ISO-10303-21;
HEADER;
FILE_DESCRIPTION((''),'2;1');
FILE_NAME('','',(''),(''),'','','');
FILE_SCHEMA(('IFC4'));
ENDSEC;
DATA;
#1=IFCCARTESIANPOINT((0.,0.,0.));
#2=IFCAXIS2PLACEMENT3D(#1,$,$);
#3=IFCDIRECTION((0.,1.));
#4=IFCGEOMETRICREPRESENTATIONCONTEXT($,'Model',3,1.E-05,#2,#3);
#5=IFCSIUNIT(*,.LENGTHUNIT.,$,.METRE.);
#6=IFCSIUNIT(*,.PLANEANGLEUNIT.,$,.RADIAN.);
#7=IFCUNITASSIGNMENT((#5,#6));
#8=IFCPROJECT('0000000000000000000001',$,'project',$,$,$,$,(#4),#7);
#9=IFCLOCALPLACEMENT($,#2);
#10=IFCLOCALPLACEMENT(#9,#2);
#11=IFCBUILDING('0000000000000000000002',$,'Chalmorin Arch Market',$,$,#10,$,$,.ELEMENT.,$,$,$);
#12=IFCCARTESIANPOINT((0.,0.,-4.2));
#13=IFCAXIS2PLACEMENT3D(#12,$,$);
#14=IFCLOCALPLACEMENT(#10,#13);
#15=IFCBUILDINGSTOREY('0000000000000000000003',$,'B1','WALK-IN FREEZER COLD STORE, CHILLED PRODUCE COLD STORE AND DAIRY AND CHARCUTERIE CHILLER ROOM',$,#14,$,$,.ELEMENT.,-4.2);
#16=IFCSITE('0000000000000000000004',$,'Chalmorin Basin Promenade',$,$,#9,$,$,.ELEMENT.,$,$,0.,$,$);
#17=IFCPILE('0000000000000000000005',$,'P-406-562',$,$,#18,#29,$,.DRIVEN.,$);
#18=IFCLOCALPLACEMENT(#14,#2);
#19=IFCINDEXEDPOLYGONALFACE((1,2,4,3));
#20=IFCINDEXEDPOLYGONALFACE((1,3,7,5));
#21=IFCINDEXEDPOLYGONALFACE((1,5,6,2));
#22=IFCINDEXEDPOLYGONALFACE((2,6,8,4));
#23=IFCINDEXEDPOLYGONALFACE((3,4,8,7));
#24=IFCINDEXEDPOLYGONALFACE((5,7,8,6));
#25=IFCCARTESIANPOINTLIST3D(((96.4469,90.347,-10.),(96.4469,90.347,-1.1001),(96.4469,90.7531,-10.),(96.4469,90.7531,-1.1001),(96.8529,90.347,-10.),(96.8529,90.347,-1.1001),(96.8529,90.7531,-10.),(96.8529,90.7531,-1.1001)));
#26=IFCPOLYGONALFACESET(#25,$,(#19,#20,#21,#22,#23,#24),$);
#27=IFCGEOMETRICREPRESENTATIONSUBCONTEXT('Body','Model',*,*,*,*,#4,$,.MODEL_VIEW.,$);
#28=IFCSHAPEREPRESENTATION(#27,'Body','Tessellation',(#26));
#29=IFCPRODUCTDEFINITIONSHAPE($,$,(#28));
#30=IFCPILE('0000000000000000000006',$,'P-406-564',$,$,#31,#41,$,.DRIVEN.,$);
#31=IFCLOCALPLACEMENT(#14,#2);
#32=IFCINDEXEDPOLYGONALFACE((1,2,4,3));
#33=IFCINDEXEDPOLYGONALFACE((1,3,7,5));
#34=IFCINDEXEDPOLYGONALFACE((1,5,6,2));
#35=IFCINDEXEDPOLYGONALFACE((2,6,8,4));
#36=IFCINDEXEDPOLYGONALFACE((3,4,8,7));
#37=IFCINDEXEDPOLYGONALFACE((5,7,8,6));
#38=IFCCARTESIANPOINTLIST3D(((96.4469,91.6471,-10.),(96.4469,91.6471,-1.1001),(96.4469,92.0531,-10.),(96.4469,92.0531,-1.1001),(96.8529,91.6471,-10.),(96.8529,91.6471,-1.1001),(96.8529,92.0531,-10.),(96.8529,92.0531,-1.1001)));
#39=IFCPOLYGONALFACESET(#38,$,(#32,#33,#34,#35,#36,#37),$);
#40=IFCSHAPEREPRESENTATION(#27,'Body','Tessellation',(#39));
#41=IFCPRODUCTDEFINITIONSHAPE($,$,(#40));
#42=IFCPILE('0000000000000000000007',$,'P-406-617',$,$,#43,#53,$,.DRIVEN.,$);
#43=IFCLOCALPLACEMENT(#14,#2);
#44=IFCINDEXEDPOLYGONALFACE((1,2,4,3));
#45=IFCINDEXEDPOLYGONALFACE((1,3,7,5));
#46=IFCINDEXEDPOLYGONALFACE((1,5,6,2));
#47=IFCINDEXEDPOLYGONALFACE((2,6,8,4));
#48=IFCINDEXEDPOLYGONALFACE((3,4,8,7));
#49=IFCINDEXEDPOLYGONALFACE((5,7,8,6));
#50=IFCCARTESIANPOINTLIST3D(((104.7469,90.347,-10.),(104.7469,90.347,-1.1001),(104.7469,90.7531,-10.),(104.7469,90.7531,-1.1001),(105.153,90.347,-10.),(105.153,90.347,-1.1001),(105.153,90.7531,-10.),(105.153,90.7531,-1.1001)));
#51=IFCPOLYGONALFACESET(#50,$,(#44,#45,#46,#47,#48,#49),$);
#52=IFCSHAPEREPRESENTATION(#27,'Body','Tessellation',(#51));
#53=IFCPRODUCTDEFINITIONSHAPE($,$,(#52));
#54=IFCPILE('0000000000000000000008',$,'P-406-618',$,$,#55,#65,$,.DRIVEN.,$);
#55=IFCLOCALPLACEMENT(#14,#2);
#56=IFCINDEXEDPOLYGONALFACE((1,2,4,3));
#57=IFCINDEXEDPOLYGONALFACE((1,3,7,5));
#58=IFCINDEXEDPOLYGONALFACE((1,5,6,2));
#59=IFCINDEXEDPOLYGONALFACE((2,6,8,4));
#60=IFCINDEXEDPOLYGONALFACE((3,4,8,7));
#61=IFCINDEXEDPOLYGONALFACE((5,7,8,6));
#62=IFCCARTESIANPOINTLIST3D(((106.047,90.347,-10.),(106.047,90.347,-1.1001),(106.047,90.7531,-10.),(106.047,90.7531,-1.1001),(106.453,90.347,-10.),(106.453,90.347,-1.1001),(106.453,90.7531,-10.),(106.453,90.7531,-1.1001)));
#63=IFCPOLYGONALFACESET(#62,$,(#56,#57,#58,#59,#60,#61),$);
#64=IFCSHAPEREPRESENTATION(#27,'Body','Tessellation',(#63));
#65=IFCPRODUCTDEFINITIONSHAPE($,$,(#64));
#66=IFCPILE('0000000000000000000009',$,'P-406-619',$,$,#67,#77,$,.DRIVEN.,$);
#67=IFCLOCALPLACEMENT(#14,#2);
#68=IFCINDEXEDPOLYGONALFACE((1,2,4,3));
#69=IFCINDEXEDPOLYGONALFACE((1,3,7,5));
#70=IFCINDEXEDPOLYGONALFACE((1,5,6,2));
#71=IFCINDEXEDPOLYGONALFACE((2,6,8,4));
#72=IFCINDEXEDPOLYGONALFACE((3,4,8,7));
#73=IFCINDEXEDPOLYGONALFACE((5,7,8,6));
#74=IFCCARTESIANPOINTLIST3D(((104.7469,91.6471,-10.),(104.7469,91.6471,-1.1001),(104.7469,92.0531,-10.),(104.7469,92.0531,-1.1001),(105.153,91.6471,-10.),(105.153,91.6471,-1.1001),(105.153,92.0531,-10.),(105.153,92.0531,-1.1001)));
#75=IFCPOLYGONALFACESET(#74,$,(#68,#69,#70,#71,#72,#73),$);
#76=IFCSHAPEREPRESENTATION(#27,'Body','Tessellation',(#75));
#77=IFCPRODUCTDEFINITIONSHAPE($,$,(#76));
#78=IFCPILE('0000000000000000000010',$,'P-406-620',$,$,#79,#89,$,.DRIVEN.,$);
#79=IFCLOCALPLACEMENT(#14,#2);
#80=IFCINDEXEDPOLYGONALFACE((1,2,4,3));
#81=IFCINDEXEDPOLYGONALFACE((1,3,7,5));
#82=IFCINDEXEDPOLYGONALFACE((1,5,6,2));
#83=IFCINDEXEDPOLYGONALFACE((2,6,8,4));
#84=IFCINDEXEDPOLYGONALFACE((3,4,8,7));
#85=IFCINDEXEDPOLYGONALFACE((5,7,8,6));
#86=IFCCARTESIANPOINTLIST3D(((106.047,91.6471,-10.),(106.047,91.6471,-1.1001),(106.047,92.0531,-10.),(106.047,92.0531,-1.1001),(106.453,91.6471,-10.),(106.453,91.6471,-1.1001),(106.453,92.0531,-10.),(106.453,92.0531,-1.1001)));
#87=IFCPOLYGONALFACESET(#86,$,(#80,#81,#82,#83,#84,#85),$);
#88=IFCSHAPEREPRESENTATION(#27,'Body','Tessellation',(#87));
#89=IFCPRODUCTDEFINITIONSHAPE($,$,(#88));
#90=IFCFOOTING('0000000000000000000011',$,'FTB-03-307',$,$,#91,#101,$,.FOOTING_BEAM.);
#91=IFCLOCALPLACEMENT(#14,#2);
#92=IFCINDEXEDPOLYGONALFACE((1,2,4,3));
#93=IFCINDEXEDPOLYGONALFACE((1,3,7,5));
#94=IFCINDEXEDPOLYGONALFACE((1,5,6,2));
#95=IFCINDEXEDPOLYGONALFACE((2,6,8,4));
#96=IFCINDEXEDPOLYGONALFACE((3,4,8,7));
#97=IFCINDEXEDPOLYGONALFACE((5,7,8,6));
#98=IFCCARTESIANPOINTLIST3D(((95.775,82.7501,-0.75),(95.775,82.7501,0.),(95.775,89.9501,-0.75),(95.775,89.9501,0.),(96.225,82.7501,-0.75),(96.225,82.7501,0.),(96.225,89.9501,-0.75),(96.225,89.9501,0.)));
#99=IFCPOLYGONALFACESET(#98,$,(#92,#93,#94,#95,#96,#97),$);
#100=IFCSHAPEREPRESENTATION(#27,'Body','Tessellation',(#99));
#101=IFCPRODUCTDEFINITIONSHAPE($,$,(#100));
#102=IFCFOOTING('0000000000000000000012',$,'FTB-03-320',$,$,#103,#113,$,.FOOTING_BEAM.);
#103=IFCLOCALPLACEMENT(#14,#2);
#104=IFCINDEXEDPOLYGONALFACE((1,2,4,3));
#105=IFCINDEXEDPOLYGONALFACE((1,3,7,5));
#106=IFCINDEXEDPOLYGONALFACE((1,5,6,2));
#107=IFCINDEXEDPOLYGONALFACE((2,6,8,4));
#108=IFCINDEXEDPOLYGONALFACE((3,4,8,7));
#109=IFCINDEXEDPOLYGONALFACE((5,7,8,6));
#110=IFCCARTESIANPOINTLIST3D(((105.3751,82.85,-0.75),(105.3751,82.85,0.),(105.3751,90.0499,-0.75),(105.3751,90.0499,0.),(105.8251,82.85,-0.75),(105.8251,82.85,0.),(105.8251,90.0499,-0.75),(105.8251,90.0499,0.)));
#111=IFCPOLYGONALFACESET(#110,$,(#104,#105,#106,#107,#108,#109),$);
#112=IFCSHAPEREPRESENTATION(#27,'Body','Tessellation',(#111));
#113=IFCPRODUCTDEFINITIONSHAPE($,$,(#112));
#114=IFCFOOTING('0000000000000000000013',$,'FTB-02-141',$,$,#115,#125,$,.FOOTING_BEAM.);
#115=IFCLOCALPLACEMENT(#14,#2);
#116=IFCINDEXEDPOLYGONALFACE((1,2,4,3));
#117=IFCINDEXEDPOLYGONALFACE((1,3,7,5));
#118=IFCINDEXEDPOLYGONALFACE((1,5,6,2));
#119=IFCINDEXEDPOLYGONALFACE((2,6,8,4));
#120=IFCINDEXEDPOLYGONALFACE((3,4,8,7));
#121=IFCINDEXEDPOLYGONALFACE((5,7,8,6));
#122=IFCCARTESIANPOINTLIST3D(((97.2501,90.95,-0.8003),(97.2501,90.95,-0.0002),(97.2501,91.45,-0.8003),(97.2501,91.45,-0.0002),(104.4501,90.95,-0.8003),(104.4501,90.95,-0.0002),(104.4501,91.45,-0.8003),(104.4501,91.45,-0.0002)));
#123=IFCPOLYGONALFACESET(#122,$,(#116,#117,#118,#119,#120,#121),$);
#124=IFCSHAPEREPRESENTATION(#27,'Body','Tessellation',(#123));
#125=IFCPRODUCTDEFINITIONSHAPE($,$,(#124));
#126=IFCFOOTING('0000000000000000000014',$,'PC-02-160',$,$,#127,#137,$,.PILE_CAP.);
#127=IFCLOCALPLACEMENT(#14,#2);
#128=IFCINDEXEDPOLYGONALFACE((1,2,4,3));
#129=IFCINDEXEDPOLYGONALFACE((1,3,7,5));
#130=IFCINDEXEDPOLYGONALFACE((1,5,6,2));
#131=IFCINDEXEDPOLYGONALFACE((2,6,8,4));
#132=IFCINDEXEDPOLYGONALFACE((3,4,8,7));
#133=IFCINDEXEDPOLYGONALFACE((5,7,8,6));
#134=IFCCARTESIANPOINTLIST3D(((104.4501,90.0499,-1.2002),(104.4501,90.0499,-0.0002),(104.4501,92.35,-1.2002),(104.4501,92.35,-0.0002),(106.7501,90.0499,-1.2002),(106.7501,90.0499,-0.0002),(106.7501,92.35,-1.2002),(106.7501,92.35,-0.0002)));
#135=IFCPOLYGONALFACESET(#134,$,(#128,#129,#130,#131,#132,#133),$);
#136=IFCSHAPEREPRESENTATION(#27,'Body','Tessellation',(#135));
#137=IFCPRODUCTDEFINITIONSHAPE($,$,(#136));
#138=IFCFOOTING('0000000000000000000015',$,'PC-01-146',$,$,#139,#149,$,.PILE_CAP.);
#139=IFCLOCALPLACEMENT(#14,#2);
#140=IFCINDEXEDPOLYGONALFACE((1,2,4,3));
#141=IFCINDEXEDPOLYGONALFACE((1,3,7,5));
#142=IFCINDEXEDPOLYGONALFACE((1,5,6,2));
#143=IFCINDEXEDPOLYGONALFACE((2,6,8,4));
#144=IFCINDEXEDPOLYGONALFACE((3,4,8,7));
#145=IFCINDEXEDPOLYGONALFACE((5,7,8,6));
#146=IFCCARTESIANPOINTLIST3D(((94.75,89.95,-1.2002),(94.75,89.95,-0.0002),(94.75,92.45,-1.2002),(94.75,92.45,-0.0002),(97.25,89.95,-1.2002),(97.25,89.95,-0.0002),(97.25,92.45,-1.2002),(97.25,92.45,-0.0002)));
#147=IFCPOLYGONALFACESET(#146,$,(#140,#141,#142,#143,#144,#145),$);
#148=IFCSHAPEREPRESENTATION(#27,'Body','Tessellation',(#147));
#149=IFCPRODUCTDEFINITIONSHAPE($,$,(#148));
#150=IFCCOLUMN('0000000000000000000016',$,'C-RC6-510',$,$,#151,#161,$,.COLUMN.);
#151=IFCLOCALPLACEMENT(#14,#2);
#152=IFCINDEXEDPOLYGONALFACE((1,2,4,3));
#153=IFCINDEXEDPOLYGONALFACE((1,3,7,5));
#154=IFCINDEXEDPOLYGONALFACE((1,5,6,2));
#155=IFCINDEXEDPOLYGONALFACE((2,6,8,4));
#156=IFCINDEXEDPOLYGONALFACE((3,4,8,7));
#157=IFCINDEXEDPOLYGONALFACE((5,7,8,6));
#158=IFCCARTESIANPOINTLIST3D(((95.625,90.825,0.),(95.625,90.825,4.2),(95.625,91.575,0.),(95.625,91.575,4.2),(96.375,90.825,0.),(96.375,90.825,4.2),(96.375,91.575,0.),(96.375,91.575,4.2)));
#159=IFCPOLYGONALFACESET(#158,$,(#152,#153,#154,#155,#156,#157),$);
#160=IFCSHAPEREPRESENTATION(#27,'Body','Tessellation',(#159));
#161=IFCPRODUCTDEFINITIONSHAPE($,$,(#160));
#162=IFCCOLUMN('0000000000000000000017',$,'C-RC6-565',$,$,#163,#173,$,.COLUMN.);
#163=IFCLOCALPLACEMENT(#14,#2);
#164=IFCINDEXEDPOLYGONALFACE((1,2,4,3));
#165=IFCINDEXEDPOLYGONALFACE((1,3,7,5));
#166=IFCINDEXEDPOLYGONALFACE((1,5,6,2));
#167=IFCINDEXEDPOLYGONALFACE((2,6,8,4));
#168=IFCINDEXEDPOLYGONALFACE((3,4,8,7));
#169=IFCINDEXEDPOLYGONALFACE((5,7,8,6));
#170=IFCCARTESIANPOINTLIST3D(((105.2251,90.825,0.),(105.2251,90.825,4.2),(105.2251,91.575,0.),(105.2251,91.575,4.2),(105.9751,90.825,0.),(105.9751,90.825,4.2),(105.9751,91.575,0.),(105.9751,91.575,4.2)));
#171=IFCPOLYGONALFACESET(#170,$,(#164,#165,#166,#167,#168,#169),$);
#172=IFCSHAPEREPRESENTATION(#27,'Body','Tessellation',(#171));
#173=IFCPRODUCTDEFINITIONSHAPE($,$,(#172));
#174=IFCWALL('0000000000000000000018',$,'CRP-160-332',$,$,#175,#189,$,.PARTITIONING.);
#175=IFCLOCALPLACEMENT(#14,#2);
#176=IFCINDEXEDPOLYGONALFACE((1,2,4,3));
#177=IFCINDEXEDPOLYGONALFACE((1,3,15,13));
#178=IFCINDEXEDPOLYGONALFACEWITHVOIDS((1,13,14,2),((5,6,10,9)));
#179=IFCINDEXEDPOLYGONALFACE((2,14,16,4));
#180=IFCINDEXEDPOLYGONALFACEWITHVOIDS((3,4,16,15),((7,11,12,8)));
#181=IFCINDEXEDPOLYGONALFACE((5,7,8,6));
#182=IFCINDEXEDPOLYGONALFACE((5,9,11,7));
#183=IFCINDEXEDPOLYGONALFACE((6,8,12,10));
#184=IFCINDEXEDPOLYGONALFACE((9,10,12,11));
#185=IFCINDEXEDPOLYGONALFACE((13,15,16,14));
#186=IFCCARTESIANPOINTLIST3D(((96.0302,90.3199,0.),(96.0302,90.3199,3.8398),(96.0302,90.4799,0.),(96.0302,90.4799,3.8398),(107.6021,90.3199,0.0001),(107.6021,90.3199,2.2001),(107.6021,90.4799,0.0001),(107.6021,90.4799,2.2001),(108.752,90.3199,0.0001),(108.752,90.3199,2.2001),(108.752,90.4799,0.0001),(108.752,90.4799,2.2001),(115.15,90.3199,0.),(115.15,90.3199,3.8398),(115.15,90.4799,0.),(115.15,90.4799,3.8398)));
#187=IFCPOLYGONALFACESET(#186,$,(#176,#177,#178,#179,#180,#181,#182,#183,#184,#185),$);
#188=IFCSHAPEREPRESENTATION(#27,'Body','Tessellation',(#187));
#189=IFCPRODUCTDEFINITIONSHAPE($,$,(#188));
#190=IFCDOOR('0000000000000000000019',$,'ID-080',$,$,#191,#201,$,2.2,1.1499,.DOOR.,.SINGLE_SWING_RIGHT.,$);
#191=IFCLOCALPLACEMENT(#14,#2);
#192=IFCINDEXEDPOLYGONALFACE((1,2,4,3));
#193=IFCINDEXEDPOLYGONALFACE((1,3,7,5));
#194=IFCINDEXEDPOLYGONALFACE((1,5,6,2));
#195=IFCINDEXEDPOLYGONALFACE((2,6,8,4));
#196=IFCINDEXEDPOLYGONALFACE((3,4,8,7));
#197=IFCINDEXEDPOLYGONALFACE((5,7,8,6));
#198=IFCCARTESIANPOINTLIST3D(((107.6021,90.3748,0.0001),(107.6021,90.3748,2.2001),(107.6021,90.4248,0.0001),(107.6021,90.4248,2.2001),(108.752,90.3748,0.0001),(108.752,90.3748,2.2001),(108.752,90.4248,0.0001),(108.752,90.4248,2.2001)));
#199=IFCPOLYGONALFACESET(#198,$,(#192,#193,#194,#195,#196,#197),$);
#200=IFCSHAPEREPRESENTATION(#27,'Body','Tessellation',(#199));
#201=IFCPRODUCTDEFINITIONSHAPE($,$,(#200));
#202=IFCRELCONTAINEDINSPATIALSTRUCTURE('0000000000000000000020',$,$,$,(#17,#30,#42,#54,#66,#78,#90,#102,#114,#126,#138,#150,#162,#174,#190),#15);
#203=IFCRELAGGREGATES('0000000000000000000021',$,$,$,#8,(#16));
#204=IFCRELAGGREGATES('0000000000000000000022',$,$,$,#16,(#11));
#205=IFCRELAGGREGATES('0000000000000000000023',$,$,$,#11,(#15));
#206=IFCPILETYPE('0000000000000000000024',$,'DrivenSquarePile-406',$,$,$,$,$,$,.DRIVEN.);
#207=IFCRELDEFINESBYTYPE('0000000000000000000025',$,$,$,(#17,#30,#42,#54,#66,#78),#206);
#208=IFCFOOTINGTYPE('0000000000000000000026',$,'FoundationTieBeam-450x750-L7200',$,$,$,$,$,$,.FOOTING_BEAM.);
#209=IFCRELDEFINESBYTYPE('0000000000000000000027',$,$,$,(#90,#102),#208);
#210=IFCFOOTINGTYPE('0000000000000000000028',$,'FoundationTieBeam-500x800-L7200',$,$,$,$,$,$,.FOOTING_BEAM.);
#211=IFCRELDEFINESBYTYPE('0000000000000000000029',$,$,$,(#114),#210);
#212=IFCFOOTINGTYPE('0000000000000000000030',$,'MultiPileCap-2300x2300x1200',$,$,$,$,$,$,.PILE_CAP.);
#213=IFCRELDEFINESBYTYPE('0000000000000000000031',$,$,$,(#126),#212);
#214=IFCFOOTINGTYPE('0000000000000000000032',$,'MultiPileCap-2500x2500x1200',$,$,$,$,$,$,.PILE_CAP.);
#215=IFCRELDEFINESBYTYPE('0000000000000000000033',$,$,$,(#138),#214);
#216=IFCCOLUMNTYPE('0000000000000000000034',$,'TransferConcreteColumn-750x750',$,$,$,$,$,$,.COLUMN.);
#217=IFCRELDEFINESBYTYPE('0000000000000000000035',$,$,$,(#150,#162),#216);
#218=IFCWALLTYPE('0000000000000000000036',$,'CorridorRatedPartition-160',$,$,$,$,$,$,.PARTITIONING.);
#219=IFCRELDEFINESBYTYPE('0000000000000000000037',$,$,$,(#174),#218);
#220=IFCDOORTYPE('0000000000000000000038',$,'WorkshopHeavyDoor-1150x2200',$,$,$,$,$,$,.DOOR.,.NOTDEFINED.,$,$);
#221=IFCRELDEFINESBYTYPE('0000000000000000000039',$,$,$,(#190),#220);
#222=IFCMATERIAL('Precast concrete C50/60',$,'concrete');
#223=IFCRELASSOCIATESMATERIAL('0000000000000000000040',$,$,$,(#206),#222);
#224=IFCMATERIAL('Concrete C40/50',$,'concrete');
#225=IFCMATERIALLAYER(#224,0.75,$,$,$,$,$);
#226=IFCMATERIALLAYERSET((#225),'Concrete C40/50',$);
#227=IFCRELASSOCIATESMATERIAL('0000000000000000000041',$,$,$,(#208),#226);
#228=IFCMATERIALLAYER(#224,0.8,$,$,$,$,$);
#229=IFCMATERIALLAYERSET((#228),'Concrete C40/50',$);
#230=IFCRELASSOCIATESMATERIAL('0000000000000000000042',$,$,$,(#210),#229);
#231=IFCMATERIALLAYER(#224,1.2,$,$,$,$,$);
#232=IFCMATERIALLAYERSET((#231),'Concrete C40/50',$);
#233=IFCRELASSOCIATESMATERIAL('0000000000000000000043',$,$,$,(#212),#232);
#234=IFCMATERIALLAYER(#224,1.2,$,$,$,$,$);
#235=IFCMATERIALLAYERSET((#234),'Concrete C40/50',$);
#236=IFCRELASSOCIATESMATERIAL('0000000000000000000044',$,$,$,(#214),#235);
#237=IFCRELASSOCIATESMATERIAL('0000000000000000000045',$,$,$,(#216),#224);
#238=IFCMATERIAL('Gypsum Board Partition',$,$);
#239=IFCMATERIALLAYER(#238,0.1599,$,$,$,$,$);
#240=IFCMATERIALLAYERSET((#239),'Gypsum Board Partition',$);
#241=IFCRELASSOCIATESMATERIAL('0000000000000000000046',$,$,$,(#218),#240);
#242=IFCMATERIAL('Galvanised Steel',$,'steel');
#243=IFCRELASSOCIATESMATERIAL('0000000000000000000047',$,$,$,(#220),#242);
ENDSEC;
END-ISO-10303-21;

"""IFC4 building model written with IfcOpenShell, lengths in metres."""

from ifc_helpers import new_model, si_unit, direction, frame, frame_2d, origin, origin_2d, place, context, subcontext, project, spatial, rectangle, extrude, material, layer, layer_set, material_profile, profile_set, type_object, element, fill, save


model = new_model("IFC4")

# Units and contexts
model_context = context("Model", 3, precision=1e-05, world=origin(), true_north=direction((0.0, 1.0)))
body_context = subcontext(model_context, "Body", "Model", "MODEL_VIEW")
ifc_project = project(units=[si_unit("LENGTHUNIT", "METRE"), si_unit("PLANEANGLEUNIT", "RADIAN")], contexts=[model_context])

# Site, building, storey
site_placement = place(None, origin())
site = spatial("IfcSite", under=ifc_project, at=site_placement, Name="Chalmorin Basin Promenade", CompositionType="ELEMENT", RefElevation=0.0)
building_placement = place(site_placement, origin())
building = spatial("IfcBuilding", under=site, at=building_placement, Name="Chalmorin Arch Market", CompositionType="ELEMENT")
storey_placement = place(building_placement, frame((0.0, 0.0, -4.2)))
storey = spatial("IfcBuildingStorey", under=building, at=storey_placement, Name="B1", Description="WALK-IN FREEZER COLD STORE, CHILLED PRODUCE COLD STORE AND DAIRY AND CHARCUTERIE CHILLER ROOM", CompositionType="ELEMENT", Elevation=-4.2)

# Piles
ifc_material_1 = material(Name="Precast concrete C50/60", Category="concrete")
ifc_material_profile_1 = material_profile(ifc_material_1, rectangle(XDim=0.406, YDim=0.406, at=origin_2d()), Name="PPC406")
ifc_profile_set_1 = profile_set([ifc_material_profile_1], Name="Precast concrete C50/60")
pile_type = type_object("IfcPileType", Name="DrivenSquarePile-406", PredefinedType="DRIVEN", material=ifc_profile_set_1)
for number, where, z_axis, x_axis, name in (
    (1, (96.6499, 90.55, -1.1001), (0.0, 0.0, -1.0), (1.0, 0.0, 0.0), "P-406-562"),
    (2, (96.6499, 91.8501, -1.1001), (0.0, 0.0, -1.0), (1.0, 0.0, 0.0), "P-406-564"),
    (3, (104.95, 90.55, -1.1001), (0.0, 0.0, -1.0), (1.0, 0.0, 0.0), "P-406-617"),
    (4, (106.25, 90.55, -1.1001), (0.0, 0.0, -1.0), (1.0, 0.0, 0.0), "P-406-618"),
    (5, (104.95, 91.8501, -1.1001), (0.0, 0.0, -1.0), (1.0, 0.0, 0.0), "P-406-619"),
    (6, (106.25, 91.8501, -1.1001), (0.0, 0.0, -1.0), (1.0, 0.0, 0.0), "P-406-620"),
):
    element("IfcPile", number, at=place(storey_placement, frame(where, z_axis=z_axis, x_axis=x_axis)), inside=storey, type_object=pile_type, Name=name, PredefinedType="DRIVEN", context=body_context, shape_type="SweptSolid", body=[
        extrude(rectangle(XDim=0.406, YDim=0.406, at=origin_2d()), origin(), (0.0, 0.0, 1.0), 8.8999),
    ])

# Footings
ifc_material_2 = material(Name="Concrete C40/50", Category="concrete")
ifc_layer_1 = layer(ifc_material_2, 0.75)
ifc_layer_set_1 = layer_set([ifc_layer_1], Name="Concrete C40/50")
footing_type_1 = type_object("IfcFootingType", Name="FoundationTieBeam-450x750-L7200", PredefinedType="FOOTING_BEAM", material=ifc_layer_set_1)
for number, where, z_axis, x_axis, name in (
    (7, (96.0, 86.3501, -0.75), (0.0, 0.0, 1.0), (0.0, 1.0, 0.0), "FTB-03-307"),
    (8, (105.6001, 86.45, -0.75), (0.0, 0.0, 1.0), (0.0, 1.0, 0.0), "FTB-03-320"),
):
    element("IfcFooting", number, at=place(storey_placement, frame(where, z_axis=z_axis, x_axis=x_axis)), inside=storey, type_object=footing_type_1, Name=name, PredefinedType="FOOTING_BEAM", context=body_context, shape_type="SweptSolid", body=[
        extrude(rectangle(XDim=7.2, YDim=0.45, at=origin_2d()), origin(), (0.0, 0.0, 1.0), 0.75),
    ])
ifc_layer_2 = layer(ifc_material_2, 0.8)
ifc_layer_set_2 = layer_set([ifc_layer_2], Name="Concrete C40/50")
footing_type_2 = type_object("IfcFootingType", Name="FoundationTieBeam-500x800-L7200", PredefinedType="FOOTING_BEAM", material=ifc_layer_set_2)
footing_1_placement = place(storey_placement, frame((100.8501, 91.2, -0.8003), z_axis=(0.0, 0.0, 1.0), x_axis=(1.0, 0.0, 0.0)))
element("IfcFooting", 9, at=footing_1_placement, inside=storey, type_object=footing_type_2, Name="FTB-02-141", PredefinedType="FOOTING_BEAM", context=body_context, shape_type="SweptSolid", body=[
    extrude(rectangle(XDim=7.2, YDim=0.5, at=origin_2d()), origin(), (0.0, 0.0, 1.0), 0.8),
])
ifc_layer_3 = layer(ifc_material_2, 1.2)
ifc_layer_set_3 = layer_set([ifc_layer_3], Name="Concrete C40/50")
footing_type_3 = type_object("IfcFootingType", Name="MultiPileCap-2300x2300x1200", PredefinedType="PILE_CAP", material=ifc_layer_set_3)
footing_2_placement = place(storey_placement, frame((105.6001, 91.2, -1.2002), z_axis=(0.0, 0.0, 1.0), x_axis=(1.0, 0.0, 0.0)))
element("IfcFooting", 10, at=footing_2_placement, inside=storey, type_object=footing_type_3, Name="PC-02-160", PredefinedType="PILE_CAP", context=body_context, shape_type="SweptSolid", body=[
    extrude(rectangle(XDim=2.3, YDim=2.3, at=origin_2d()), origin(), (0.0, 0.0, 1.0), 1.2),
])
ifc_layer_4 = layer(ifc_material_2, 1.2)
ifc_layer_set_4 = layer_set([ifc_layer_4], Name="Concrete C40/50")
footing_type_4 = type_object("IfcFootingType", Name="MultiPileCap-2500x2500x1200", PredefinedType="PILE_CAP", material=ifc_layer_set_4)
footing_3_placement = place(storey_placement, frame((96.0, 91.2, -1.2002), z_axis=(0.0, 0.0, 1.0), x_axis=(1.0, 0.0, 0.0)))
element("IfcFooting", 11, at=footing_3_placement, inside=storey, type_object=footing_type_4, Name="PC-01-146", PredefinedType="PILE_CAP", context=body_context, shape_type="SweptSolid", body=[
    extrude(rectangle(XDim=2.5, YDim=2.5, at=origin_2d()), origin(), (0.0, 0.0, 1.0), 1.2),
])

# Columns
ifc_material_profile_2 = material_profile(ifc_material_2, rectangle(XDim=0.75, YDim=0.75, at=origin_2d()), Name="RC750X750")
ifc_profile_set_2 = profile_set([ifc_material_profile_2], Name="Concrete C40/50")
column_type = type_object("IfcColumnType", Name="TransferConcreteColumn-750x750", PredefinedType="COLUMN", material=ifc_profile_set_2)
for number, where, z_axis, x_axis, name in (
    (12, (96.0, 91.2, 0.0), (0.0, 0.0, 1.0), (1.0, 0.0, 0.0), "C-RC6-510"),
    (13, (105.6001, 91.2, 0.0), (0.0, 0.0, 1.0), (1.0, 0.0, 0.0), "C-RC6-565"),
):
    element("IfcColumn", number, at=place(storey_placement, frame(where, z_axis=z_axis, x_axis=x_axis)), inside=storey, type_object=column_type, Name=name, PredefinedType="COLUMN", context=body_context, shape_type="SweptSolid", body=[
        extrude(rectangle(XDim=0.75, YDim=0.75, at=origin_2d()), origin(), (0.0, 0.0, 1.0), 4.2),
    ])

# Wall, opening, door
ifc_material_3 = material(Name="Gypsum Board Partition")
ifc_layer_5 = layer(ifc_material_3, 0.1599)
ifc_layer_set_5 = layer_set([ifc_layer_5], Name="Gypsum Board Partition")
wall_type_1 = type_object("IfcWallType", Name="CorridorRatedPartition-160", PredefinedType="PARTITIONING", material=ifc_layer_set_5)
wall_1_placement = place(storey_placement, frame((96.03, 90.3999, 0.0), z_axis=(0.0, 0.0, 1.0), x_axis=(1.0, 0.0, 0.0)))
wall_1 = element("IfcWall", 14, at=wall_1_placement, inside=storey, type_object=wall_type_1, Name="CRP-160-332", PredefinedType="PARTITIONING", context=body_context, shape_type="SweptSolid", body=[
    extrude(rectangle(XDim=19.1199, YDim=0.1599, at=frame_2d((9.5601, 0.0))), origin(), (0.0, 0.0, 1.0), 3.8398),
])
opening_1_placement = place(wall_1_placement, frame((11.572, 0.0, 0.0)))
opening_1 = element("IfcOpeningElement", 15, at=opening_1_placement, cuts=wall_1, PredefinedType="OPENING", context=body_context, shape_type="SweptSolid", body=[
    extrude(rectangle(XDim=1.1499, YDim=2.2, at=frame_2d((0.575, 1.1001))), frame((0.0, 0.0898, 0.0), z_axis=(0.0, -1.0, 0.0), x_axis=(1.0, 0.0, 0.0)), (0.0, 0.0, 1.0), 0.1799),
])
ifc_material_4 = material(Name="Galvanised Steel", Category="steel")
door_type_1 = type_object("IfcDoorType", Name="WorkshopHeavyDoor-1150x2200", OperationType="NOTDEFINED", PredefinedType="DOOR", material=ifc_material_4)
door_1_placement = place(opening_1_placement, origin())
door_1 = element("IfcDoor", 16, at=door_1_placement, inside=storey, type_object=door_type_1, Name="ID-080", OperationType="SINGLE_SWING_RIGHT", OverallHeight=2.2, OverallWidth=1.1499, PredefinedType="DOOR", context=body_context, shape_type="SweptSolid", body=[
    extrude(rectangle(XDim=1.1499, YDim=2.2, at=frame_2d((0.575, 1.1001))), frame((0.0, 0.0249, 0.0), z_axis=(0.0, -1.0, 0.0), x_axis=(1.0, 0.0, 0.0)), (0.0, 0.0, 1.0), 0.05),
])
fill(opening_1, door_1)

save(model, "model.ifc")
